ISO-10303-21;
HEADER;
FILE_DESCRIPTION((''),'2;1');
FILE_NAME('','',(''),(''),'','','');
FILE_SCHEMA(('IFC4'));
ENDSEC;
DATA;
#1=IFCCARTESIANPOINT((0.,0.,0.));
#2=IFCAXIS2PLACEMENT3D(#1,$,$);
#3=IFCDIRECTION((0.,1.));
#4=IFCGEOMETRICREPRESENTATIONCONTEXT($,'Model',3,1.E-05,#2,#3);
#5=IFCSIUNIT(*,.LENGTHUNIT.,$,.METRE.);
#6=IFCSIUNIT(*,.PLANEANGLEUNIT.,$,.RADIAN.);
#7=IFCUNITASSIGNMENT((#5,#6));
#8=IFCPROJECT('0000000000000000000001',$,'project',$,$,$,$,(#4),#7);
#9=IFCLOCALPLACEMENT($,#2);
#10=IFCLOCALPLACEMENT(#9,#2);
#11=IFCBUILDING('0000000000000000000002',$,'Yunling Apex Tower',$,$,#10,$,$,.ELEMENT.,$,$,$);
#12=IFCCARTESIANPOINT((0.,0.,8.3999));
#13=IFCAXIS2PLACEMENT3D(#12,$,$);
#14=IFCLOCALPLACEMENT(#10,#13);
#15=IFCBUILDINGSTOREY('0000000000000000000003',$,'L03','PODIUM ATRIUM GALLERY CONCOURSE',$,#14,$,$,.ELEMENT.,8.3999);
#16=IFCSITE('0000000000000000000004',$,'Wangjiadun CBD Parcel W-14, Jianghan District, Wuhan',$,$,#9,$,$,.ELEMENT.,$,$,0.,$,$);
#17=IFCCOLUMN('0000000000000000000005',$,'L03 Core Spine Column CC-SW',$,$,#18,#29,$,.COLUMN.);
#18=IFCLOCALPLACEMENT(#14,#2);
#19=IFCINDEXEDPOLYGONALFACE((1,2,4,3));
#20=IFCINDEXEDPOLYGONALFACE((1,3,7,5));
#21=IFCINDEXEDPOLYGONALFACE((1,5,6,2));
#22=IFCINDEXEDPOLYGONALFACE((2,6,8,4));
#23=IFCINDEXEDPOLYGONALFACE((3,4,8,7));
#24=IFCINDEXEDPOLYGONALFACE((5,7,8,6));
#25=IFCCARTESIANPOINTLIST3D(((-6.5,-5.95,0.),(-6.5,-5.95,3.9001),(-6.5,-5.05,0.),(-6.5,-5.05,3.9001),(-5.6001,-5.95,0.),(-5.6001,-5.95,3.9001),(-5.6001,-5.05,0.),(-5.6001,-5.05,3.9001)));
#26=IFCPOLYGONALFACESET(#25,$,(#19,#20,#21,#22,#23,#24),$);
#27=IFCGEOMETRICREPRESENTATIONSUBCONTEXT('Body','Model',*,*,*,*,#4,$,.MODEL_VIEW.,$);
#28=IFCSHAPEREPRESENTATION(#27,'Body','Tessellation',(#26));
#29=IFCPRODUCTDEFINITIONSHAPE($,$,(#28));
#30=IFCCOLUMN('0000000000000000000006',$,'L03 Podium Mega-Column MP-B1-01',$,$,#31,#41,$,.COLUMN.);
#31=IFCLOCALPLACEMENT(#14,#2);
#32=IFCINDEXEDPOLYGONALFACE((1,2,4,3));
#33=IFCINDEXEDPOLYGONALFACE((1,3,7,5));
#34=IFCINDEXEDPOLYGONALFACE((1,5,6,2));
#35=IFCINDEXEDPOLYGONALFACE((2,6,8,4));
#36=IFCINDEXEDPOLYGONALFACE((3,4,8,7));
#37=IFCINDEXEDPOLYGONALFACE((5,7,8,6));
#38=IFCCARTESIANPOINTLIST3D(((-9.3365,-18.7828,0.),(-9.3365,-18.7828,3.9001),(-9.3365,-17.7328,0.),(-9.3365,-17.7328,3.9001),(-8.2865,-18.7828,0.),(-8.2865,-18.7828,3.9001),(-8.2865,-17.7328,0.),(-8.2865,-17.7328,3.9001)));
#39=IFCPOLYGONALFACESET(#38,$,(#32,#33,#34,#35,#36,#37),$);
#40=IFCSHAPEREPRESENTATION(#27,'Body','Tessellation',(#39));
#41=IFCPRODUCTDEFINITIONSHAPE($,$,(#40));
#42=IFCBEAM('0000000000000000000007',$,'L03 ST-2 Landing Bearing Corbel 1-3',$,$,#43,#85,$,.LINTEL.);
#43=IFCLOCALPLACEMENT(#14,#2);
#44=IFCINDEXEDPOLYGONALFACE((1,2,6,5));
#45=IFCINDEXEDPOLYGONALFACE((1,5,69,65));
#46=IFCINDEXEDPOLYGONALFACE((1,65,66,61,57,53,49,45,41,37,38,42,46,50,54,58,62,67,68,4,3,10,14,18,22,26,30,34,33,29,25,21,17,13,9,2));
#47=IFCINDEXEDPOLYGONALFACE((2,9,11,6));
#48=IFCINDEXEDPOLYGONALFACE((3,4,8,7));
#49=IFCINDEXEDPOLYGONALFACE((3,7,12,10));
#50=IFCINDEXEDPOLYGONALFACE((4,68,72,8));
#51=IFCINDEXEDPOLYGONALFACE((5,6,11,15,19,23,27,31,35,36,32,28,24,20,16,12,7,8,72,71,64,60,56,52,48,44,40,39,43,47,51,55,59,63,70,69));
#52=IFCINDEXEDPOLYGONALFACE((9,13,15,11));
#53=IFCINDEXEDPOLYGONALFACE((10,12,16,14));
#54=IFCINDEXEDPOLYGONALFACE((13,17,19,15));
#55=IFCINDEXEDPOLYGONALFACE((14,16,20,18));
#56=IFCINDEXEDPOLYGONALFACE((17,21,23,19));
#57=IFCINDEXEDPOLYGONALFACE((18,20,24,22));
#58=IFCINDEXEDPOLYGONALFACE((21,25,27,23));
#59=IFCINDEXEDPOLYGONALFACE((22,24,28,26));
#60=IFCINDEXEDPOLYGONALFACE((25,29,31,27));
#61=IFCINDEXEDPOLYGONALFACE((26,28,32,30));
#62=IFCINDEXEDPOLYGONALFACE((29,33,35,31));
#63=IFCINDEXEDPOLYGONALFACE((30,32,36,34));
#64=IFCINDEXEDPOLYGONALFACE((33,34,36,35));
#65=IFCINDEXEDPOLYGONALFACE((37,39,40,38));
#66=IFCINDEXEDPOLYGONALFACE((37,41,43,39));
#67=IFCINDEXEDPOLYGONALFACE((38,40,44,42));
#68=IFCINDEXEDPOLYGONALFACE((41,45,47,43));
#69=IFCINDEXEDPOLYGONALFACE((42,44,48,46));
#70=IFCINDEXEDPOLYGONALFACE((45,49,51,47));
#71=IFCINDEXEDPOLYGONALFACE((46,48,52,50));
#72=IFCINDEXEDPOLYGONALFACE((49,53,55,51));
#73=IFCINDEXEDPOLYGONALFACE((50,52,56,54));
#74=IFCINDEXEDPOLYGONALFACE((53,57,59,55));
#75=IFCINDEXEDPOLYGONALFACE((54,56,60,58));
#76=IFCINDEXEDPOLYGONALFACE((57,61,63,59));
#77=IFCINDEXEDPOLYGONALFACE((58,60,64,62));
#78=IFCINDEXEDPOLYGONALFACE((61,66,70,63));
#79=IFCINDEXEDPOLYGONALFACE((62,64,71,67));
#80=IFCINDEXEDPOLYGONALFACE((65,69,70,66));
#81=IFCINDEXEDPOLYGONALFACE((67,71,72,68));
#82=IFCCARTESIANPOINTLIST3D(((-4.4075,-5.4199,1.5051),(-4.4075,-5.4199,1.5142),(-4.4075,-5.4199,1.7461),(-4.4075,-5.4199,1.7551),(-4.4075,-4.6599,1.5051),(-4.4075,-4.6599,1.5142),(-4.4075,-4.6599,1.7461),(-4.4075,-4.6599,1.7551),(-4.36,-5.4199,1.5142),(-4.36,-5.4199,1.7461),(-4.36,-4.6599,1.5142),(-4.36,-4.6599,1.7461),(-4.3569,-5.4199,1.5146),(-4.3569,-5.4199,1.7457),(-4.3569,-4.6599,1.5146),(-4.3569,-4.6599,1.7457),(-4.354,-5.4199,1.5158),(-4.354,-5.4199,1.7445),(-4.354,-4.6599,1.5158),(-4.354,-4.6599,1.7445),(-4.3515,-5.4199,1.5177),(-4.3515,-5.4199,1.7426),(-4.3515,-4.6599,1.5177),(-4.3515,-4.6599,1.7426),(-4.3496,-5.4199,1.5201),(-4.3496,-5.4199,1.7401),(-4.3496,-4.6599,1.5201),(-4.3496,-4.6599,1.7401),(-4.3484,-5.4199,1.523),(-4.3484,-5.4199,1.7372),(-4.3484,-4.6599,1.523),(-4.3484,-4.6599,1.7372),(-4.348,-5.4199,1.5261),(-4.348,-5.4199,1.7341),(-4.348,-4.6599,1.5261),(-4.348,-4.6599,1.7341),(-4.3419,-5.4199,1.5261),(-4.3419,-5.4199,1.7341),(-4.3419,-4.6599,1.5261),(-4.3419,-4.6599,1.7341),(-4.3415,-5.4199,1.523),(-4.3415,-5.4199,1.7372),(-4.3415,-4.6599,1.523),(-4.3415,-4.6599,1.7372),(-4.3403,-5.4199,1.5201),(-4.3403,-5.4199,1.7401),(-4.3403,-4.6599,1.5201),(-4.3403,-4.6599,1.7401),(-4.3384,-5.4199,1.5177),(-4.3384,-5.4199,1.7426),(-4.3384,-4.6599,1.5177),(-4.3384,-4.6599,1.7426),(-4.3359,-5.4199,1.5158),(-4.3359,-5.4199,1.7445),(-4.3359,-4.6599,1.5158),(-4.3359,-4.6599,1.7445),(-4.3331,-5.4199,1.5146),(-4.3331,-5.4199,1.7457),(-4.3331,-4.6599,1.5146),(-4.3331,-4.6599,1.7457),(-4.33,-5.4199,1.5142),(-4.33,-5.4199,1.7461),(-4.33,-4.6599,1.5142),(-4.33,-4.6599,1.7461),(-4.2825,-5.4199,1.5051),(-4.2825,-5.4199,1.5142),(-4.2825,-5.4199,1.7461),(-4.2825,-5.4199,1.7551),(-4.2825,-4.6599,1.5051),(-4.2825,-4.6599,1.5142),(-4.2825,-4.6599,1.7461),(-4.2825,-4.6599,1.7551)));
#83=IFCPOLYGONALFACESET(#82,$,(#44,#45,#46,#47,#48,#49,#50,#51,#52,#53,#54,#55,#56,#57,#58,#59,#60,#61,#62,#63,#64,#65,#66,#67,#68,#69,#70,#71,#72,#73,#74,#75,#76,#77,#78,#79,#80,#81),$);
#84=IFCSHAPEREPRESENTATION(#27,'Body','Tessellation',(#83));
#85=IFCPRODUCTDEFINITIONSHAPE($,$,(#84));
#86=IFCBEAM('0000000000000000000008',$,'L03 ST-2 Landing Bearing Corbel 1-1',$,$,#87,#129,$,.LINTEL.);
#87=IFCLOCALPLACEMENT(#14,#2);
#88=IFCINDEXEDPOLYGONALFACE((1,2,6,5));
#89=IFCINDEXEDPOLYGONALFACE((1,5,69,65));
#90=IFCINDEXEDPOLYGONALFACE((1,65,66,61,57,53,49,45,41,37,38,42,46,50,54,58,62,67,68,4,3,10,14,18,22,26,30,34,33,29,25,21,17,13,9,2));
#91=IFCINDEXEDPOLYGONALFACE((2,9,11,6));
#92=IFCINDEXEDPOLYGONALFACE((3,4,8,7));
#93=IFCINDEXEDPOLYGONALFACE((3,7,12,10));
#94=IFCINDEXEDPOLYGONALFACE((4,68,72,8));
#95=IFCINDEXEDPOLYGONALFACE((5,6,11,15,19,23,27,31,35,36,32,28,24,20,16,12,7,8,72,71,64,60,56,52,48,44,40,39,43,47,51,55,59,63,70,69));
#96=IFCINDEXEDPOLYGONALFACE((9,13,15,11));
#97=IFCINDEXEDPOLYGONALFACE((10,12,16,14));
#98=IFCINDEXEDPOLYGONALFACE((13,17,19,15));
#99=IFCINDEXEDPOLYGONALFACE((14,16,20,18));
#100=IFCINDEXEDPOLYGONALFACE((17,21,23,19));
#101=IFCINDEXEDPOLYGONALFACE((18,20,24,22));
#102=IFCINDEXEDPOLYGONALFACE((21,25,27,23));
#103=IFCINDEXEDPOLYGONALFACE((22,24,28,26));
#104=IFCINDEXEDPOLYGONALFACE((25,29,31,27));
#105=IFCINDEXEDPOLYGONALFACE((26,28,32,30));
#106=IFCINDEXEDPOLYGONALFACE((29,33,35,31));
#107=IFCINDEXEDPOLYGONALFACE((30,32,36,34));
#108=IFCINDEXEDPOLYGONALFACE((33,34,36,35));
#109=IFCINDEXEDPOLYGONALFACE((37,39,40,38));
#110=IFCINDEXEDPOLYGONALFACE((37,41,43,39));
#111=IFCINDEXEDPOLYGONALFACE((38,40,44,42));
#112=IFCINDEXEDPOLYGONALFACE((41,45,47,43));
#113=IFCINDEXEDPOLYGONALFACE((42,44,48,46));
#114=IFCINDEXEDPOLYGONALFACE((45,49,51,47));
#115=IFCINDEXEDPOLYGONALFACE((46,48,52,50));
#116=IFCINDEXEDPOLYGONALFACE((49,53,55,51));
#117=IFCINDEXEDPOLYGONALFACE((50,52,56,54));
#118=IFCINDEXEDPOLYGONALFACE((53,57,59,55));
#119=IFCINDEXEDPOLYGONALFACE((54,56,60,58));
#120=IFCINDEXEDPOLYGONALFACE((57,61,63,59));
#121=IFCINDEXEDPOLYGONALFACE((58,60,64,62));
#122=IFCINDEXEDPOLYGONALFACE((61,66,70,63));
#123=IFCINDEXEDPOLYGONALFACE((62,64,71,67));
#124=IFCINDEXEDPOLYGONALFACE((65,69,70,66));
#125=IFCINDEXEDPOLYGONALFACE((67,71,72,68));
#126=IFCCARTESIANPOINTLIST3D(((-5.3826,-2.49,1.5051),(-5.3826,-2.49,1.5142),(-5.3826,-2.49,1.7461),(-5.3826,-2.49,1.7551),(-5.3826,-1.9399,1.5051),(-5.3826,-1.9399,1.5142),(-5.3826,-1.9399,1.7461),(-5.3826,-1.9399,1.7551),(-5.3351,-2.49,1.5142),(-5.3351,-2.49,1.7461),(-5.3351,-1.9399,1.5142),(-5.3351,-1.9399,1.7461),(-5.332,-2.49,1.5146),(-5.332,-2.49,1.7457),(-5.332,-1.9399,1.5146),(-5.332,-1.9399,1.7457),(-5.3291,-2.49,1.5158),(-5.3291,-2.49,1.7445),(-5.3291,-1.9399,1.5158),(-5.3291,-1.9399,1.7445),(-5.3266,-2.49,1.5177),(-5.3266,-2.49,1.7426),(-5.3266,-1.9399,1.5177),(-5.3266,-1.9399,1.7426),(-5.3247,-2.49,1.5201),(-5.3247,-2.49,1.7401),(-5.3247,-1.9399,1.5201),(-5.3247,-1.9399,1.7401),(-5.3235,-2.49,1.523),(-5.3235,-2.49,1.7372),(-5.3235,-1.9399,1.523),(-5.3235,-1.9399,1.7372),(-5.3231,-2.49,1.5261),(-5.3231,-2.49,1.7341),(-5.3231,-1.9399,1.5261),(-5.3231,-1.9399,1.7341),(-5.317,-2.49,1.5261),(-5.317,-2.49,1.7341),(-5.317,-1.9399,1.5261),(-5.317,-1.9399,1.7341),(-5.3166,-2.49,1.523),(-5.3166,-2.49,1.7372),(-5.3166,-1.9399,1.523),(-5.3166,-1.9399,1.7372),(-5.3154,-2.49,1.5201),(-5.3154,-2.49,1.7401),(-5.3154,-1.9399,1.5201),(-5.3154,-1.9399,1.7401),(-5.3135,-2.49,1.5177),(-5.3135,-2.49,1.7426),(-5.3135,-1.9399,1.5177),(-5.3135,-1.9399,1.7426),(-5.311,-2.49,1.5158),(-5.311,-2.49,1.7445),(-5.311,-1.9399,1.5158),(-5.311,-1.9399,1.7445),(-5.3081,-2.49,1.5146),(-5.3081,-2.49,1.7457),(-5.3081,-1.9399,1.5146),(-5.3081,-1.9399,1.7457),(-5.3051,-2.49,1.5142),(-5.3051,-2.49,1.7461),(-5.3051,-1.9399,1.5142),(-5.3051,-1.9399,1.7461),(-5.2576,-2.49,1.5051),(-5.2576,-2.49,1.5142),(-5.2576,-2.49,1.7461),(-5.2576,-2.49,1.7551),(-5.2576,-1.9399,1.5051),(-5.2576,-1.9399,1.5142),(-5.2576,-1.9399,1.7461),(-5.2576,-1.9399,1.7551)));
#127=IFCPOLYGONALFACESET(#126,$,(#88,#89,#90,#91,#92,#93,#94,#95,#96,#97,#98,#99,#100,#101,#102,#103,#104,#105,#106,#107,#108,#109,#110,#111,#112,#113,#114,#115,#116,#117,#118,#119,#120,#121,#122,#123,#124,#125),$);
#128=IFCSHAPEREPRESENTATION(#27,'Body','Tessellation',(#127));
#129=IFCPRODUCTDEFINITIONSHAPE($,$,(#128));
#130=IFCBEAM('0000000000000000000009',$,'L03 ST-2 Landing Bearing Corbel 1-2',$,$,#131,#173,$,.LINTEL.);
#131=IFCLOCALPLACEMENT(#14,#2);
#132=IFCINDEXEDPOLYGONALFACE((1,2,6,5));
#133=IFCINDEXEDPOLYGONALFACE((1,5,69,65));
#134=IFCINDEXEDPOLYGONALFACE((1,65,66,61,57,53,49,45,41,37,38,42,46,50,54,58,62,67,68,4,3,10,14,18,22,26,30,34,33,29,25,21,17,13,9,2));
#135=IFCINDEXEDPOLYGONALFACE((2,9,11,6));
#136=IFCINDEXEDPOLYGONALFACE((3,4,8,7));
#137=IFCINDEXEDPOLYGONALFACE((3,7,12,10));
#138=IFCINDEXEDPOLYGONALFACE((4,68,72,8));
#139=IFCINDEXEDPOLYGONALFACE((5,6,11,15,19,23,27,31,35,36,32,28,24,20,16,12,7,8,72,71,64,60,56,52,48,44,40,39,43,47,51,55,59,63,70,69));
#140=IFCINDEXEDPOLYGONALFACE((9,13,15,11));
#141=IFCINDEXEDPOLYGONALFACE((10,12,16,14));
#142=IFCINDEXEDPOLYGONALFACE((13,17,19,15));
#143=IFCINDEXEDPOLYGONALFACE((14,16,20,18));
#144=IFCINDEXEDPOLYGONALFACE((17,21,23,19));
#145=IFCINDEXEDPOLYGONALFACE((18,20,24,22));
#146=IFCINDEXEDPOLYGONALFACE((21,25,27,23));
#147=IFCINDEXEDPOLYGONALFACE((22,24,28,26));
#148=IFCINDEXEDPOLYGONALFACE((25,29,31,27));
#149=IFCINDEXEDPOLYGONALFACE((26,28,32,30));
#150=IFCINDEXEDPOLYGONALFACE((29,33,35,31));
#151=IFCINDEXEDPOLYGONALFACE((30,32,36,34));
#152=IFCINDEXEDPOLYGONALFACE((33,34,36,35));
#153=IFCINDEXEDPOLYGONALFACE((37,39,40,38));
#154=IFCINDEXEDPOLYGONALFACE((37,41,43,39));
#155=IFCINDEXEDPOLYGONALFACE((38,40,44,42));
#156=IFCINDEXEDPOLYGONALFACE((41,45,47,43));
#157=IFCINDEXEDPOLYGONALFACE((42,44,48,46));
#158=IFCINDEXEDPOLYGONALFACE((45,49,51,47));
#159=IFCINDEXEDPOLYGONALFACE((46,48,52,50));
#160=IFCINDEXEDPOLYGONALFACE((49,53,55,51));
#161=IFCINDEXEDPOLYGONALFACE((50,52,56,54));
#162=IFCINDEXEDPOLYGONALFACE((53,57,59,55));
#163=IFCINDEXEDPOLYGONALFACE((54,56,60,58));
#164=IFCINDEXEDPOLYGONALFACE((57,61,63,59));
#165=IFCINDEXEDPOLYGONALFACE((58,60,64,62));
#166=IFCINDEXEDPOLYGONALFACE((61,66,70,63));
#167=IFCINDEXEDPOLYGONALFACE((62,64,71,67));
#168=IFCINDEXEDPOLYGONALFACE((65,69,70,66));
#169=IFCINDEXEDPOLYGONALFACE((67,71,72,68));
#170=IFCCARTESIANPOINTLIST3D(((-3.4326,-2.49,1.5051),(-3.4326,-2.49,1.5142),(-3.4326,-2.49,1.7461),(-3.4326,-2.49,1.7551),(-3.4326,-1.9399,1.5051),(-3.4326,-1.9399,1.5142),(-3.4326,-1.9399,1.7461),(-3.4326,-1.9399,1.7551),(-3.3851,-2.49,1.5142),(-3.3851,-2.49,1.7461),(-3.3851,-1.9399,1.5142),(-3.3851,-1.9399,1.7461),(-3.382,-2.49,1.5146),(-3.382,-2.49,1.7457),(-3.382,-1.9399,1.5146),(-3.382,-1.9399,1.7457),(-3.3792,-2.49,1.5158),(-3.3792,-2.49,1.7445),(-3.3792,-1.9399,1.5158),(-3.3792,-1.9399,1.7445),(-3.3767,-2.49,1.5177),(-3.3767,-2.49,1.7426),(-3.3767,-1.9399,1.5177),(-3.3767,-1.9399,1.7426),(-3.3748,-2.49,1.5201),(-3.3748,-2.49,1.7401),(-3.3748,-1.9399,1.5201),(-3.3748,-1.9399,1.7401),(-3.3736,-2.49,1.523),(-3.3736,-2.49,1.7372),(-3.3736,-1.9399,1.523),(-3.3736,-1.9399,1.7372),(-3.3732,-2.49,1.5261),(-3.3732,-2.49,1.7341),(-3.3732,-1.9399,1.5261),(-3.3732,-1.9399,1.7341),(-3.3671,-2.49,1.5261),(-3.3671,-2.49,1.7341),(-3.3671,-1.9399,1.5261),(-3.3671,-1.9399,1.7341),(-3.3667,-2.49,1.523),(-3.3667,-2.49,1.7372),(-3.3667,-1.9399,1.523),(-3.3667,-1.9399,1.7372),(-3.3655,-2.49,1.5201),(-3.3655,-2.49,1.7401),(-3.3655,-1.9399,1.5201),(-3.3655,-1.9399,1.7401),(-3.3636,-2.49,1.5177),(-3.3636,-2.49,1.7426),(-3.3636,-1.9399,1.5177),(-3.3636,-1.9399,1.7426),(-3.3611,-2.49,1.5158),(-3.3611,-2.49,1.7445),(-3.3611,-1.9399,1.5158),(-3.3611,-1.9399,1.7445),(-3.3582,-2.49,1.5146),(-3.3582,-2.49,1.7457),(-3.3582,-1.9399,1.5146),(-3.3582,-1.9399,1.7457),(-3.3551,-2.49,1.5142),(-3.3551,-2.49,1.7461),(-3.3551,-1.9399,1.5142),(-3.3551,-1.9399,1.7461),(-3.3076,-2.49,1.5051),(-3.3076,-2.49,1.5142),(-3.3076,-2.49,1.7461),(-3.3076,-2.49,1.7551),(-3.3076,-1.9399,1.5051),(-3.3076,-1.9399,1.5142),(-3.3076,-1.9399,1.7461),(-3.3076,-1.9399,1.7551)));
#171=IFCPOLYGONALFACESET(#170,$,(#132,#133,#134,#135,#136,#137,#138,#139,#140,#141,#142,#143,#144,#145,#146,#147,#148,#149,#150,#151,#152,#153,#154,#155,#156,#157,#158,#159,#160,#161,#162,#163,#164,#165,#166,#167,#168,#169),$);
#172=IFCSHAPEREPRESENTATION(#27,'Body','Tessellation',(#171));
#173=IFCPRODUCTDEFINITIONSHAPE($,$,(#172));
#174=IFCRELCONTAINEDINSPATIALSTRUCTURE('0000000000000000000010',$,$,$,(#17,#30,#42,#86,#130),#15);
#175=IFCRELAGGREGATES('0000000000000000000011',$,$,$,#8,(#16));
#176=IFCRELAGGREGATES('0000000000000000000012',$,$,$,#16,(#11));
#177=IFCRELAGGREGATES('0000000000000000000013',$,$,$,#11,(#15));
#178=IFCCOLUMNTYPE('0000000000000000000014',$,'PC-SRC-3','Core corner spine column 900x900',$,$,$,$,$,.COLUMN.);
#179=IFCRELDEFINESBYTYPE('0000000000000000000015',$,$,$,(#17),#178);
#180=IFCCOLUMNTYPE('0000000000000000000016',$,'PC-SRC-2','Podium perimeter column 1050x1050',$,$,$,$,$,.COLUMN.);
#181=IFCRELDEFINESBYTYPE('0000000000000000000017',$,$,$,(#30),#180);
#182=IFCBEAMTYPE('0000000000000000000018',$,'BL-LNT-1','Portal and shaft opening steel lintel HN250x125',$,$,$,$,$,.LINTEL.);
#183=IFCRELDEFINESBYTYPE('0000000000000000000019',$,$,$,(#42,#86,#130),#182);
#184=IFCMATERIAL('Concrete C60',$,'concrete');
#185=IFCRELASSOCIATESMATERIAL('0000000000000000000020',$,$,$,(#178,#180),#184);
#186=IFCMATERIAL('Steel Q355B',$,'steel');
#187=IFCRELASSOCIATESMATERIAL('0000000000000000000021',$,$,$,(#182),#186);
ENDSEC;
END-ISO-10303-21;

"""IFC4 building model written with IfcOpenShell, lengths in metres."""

from ifc_helpers import new_model, si_unit, direction, frame, origin, origin_2d, place, context, subcontext, project, spatial, rectangle, i_section, extrude, source, transform, mapped, material, material_profile, profile_set, type_object, element, save


model = new_model("IFC4")

# Units and contexts
model_context = context("Model", 3, precision=1e-05, world=origin(), true_north=direction((0.0, 1.0)))
body_context = subcontext(model_context, "Body", "Model", "MODEL_VIEW")
ifc_project = project(units=[si_unit("LENGTHUNIT", "METRE"), si_unit("PLANEANGLEUNIT", "RADIAN")], contexts=[model_context])

# Site, building, storey
site_placement = place(None, origin())
site = spatial("IfcSite", under=ifc_project, at=site_placement, Name="Wangjiadun CBD Parcel W-14, Jianghan District, Wuhan", CompositionType="ELEMENT", RefElevation=0.0)
building_placement = place(site_placement, origin())
building = spatial("IfcBuilding", under=site, at=building_placement, Name="Yunling Apex Tower", CompositionType="ELEMENT")
storey_placement = place(building_placement, frame((0.0, 0.0, 8.3999)))
storey = spatial("IfcBuildingStorey", under=building, at=storey_placement, Name="L03", Description="PODIUM ATRIUM GALLERY CONCOURSE", CompositionType="ELEMENT", Elevation=8.3999)

# Columns
ifc_material_1 = material(Name="Concrete C60", Category="concrete")
ifc_material_profile_1 = material_profile(ifc_material_1, rectangle(XDim=0.8999, YDim=0.8999, at=origin_2d()))
ifc_profile_set_1 = profile_set([ifc_material_profile_1], Name="Concrete C60")
column_type_1 = type_object("IfcColumnType", Name="PC-SRC-3", Description="Core corner spine column 900x900", PredefinedType="COLUMN", material=ifc_profile_set_1)
shared_shape_1 = source(origin(), body_context, "Body", "SweptSolid", [
    extrude(rectangle(XDim=0.8999, YDim=0.8999, at=origin_2d()), origin(), (0.0, 0.0, 1.0), 3.9001),
])
column_1_placement = place(storey_placement, frame((-6.05, -5.5, 0.0), z_axis=(0.0, 0.0, 1.0), x_axis=(1.0, 0.0, 0.0)))
element("IfcColumn", 1, at=column_1_placement, inside=storey, type_object=column_type_1, Name="L03 Core Spine Column CC-SW", PredefinedType="COLUMN", context=body_context, shape_type="MappedRepresentation", body=[
    mapped(shared_shape_1, transform((0.0, 0.0, 0.0), scale=1.0)),
])
ifc_material_profile_2 = material_profile(ifc_material_1, rectangle(XDim=1.05, YDim=1.05, at=origin_2d()))
ifc_profile_set_2 = profile_set([ifc_material_profile_2], Name="Concrete C60")
column_type_2 = type_object("IfcColumnType", Name="PC-SRC-2", Description="Podium perimeter column 1050x1050", PredefinedType="COLUMN", material=ifc_profile_set_2)
shared_shape_2 = source(origin(), body_context, "Body", "SweptSolid", [
    extrude(rectangle(XDim=1.05, YDim=1.05, at=origin_2d()), origin(), (0.0, 0.0, 1.0), 3.9001),
])
column_2_placement = place(storey_placement, frame((-8.8115, -18.2578, 0.0), z_axis=(0.0, 0.0, 1.0), x_axis=(1.0, 0.0, 0.0)))
element("IfcColumn", 2, at=column_2_placement, inside=storey, type_object=column_type_2, Name="L03 Podium Mega-Column MP-B1-01", PredefinedType="COLUMN", context=body_context, shape_type="MappedRepresentation", body=[
    mapped(shared_shape_2, transform((0.0, 0.0, 0.0), scale=1.0)),
])

# Beams
ifc_material_2 = material(Name="Steel Q355B", Category="steel")
ifc_material_profile_3 = material_profile(ifc_material_2, i_section(OverallWidth=0.125, OverallDepth=0.25, WebThickness=0.0061, FlangeThickness=0.009, FilletRadius=0.012, at=origin_2d()))
ifc_profile_set_3 = profile_set([ifc_material_profile_3], Name="Steel Q355B")
beam_type_1 = type_object("IfcBeamType", Name="BL-LNT-1", Description="Portal and shaft opening steel lintel HN250x125", PredefinedType="LINTEL", material=ifc_profile_set_3)
shared_shape_3 = source(origin(), body_context, "Body", "SweptSolid", [
    extrude(i_section(OverallWidth=0.125, OverallDepth=0.25, WebThickness=0.0061, FlangeThickness=0.009, FilletRadius=0.012, at=origin_2d()), origin(), (0.0, 0.0, 1.0), 0.76),
])
beam_1_placement = place(storey_placement, frame((-4.345, -5.4199, 1.6301), z_axis=(0.0, 1.0, 0.0), x_axis=(-1.0, 0.0, 0.0)))
element("IfcBeam", 3, at=beam_1_placement, inside=storey, type_object=beam_type_1, Name="L03 ST-2 Landing Bearing Corbel 1-3", PredefinedType="LINTEL", context=body_context, shape_type="MappedRepresentation", body=[
    mapped(shared_shape_3, transform((0.0, 0.0, 0.0), scale=1.0)),
])
shared_shape_4 = source(origin(), body_context, "Body", "SweptSolid", [
    extrude(i_section(OverallWidth=0.125, OverallDepth=0.25, WebThickness=0.0061, FlangeThickness=0.009, FilletRadius=0.012, at=origin_2d()), origin(), (0.0, 0.0, 1.0), 0.55),
])
for number, where, z_axis, x_axis, name in (
    (4, (-5.3201, -1.9399, 1.6301), (0.0, -1.0, 0.0), (1.0, 0.0, 0.0), "L03 ST-2 Landing Bearing Corbel 1-1"),
    (5, (-3.3701, -1.9399, 1.6301), (0.0, -1.0, 0.0), (1.0, 0.0, 0.0), "L03 ST-2 Landing Bearing Corbel 1-2"),
):
    element("IfcBeam", number, at=place(storey_placement, frame(where, z_axis=z_axis, x_axis=x_axis)), inside=storey, type_object=beam_type_1, Name=name, PredefinedType="LINTEL", context=body_context, shape_type="MappedRepresentation", body=[
        mapped(shared_shape_4, transform((0.0, 0.0, 0.0), scale=1.0)),
    ])

save(model, "model.ifc")
